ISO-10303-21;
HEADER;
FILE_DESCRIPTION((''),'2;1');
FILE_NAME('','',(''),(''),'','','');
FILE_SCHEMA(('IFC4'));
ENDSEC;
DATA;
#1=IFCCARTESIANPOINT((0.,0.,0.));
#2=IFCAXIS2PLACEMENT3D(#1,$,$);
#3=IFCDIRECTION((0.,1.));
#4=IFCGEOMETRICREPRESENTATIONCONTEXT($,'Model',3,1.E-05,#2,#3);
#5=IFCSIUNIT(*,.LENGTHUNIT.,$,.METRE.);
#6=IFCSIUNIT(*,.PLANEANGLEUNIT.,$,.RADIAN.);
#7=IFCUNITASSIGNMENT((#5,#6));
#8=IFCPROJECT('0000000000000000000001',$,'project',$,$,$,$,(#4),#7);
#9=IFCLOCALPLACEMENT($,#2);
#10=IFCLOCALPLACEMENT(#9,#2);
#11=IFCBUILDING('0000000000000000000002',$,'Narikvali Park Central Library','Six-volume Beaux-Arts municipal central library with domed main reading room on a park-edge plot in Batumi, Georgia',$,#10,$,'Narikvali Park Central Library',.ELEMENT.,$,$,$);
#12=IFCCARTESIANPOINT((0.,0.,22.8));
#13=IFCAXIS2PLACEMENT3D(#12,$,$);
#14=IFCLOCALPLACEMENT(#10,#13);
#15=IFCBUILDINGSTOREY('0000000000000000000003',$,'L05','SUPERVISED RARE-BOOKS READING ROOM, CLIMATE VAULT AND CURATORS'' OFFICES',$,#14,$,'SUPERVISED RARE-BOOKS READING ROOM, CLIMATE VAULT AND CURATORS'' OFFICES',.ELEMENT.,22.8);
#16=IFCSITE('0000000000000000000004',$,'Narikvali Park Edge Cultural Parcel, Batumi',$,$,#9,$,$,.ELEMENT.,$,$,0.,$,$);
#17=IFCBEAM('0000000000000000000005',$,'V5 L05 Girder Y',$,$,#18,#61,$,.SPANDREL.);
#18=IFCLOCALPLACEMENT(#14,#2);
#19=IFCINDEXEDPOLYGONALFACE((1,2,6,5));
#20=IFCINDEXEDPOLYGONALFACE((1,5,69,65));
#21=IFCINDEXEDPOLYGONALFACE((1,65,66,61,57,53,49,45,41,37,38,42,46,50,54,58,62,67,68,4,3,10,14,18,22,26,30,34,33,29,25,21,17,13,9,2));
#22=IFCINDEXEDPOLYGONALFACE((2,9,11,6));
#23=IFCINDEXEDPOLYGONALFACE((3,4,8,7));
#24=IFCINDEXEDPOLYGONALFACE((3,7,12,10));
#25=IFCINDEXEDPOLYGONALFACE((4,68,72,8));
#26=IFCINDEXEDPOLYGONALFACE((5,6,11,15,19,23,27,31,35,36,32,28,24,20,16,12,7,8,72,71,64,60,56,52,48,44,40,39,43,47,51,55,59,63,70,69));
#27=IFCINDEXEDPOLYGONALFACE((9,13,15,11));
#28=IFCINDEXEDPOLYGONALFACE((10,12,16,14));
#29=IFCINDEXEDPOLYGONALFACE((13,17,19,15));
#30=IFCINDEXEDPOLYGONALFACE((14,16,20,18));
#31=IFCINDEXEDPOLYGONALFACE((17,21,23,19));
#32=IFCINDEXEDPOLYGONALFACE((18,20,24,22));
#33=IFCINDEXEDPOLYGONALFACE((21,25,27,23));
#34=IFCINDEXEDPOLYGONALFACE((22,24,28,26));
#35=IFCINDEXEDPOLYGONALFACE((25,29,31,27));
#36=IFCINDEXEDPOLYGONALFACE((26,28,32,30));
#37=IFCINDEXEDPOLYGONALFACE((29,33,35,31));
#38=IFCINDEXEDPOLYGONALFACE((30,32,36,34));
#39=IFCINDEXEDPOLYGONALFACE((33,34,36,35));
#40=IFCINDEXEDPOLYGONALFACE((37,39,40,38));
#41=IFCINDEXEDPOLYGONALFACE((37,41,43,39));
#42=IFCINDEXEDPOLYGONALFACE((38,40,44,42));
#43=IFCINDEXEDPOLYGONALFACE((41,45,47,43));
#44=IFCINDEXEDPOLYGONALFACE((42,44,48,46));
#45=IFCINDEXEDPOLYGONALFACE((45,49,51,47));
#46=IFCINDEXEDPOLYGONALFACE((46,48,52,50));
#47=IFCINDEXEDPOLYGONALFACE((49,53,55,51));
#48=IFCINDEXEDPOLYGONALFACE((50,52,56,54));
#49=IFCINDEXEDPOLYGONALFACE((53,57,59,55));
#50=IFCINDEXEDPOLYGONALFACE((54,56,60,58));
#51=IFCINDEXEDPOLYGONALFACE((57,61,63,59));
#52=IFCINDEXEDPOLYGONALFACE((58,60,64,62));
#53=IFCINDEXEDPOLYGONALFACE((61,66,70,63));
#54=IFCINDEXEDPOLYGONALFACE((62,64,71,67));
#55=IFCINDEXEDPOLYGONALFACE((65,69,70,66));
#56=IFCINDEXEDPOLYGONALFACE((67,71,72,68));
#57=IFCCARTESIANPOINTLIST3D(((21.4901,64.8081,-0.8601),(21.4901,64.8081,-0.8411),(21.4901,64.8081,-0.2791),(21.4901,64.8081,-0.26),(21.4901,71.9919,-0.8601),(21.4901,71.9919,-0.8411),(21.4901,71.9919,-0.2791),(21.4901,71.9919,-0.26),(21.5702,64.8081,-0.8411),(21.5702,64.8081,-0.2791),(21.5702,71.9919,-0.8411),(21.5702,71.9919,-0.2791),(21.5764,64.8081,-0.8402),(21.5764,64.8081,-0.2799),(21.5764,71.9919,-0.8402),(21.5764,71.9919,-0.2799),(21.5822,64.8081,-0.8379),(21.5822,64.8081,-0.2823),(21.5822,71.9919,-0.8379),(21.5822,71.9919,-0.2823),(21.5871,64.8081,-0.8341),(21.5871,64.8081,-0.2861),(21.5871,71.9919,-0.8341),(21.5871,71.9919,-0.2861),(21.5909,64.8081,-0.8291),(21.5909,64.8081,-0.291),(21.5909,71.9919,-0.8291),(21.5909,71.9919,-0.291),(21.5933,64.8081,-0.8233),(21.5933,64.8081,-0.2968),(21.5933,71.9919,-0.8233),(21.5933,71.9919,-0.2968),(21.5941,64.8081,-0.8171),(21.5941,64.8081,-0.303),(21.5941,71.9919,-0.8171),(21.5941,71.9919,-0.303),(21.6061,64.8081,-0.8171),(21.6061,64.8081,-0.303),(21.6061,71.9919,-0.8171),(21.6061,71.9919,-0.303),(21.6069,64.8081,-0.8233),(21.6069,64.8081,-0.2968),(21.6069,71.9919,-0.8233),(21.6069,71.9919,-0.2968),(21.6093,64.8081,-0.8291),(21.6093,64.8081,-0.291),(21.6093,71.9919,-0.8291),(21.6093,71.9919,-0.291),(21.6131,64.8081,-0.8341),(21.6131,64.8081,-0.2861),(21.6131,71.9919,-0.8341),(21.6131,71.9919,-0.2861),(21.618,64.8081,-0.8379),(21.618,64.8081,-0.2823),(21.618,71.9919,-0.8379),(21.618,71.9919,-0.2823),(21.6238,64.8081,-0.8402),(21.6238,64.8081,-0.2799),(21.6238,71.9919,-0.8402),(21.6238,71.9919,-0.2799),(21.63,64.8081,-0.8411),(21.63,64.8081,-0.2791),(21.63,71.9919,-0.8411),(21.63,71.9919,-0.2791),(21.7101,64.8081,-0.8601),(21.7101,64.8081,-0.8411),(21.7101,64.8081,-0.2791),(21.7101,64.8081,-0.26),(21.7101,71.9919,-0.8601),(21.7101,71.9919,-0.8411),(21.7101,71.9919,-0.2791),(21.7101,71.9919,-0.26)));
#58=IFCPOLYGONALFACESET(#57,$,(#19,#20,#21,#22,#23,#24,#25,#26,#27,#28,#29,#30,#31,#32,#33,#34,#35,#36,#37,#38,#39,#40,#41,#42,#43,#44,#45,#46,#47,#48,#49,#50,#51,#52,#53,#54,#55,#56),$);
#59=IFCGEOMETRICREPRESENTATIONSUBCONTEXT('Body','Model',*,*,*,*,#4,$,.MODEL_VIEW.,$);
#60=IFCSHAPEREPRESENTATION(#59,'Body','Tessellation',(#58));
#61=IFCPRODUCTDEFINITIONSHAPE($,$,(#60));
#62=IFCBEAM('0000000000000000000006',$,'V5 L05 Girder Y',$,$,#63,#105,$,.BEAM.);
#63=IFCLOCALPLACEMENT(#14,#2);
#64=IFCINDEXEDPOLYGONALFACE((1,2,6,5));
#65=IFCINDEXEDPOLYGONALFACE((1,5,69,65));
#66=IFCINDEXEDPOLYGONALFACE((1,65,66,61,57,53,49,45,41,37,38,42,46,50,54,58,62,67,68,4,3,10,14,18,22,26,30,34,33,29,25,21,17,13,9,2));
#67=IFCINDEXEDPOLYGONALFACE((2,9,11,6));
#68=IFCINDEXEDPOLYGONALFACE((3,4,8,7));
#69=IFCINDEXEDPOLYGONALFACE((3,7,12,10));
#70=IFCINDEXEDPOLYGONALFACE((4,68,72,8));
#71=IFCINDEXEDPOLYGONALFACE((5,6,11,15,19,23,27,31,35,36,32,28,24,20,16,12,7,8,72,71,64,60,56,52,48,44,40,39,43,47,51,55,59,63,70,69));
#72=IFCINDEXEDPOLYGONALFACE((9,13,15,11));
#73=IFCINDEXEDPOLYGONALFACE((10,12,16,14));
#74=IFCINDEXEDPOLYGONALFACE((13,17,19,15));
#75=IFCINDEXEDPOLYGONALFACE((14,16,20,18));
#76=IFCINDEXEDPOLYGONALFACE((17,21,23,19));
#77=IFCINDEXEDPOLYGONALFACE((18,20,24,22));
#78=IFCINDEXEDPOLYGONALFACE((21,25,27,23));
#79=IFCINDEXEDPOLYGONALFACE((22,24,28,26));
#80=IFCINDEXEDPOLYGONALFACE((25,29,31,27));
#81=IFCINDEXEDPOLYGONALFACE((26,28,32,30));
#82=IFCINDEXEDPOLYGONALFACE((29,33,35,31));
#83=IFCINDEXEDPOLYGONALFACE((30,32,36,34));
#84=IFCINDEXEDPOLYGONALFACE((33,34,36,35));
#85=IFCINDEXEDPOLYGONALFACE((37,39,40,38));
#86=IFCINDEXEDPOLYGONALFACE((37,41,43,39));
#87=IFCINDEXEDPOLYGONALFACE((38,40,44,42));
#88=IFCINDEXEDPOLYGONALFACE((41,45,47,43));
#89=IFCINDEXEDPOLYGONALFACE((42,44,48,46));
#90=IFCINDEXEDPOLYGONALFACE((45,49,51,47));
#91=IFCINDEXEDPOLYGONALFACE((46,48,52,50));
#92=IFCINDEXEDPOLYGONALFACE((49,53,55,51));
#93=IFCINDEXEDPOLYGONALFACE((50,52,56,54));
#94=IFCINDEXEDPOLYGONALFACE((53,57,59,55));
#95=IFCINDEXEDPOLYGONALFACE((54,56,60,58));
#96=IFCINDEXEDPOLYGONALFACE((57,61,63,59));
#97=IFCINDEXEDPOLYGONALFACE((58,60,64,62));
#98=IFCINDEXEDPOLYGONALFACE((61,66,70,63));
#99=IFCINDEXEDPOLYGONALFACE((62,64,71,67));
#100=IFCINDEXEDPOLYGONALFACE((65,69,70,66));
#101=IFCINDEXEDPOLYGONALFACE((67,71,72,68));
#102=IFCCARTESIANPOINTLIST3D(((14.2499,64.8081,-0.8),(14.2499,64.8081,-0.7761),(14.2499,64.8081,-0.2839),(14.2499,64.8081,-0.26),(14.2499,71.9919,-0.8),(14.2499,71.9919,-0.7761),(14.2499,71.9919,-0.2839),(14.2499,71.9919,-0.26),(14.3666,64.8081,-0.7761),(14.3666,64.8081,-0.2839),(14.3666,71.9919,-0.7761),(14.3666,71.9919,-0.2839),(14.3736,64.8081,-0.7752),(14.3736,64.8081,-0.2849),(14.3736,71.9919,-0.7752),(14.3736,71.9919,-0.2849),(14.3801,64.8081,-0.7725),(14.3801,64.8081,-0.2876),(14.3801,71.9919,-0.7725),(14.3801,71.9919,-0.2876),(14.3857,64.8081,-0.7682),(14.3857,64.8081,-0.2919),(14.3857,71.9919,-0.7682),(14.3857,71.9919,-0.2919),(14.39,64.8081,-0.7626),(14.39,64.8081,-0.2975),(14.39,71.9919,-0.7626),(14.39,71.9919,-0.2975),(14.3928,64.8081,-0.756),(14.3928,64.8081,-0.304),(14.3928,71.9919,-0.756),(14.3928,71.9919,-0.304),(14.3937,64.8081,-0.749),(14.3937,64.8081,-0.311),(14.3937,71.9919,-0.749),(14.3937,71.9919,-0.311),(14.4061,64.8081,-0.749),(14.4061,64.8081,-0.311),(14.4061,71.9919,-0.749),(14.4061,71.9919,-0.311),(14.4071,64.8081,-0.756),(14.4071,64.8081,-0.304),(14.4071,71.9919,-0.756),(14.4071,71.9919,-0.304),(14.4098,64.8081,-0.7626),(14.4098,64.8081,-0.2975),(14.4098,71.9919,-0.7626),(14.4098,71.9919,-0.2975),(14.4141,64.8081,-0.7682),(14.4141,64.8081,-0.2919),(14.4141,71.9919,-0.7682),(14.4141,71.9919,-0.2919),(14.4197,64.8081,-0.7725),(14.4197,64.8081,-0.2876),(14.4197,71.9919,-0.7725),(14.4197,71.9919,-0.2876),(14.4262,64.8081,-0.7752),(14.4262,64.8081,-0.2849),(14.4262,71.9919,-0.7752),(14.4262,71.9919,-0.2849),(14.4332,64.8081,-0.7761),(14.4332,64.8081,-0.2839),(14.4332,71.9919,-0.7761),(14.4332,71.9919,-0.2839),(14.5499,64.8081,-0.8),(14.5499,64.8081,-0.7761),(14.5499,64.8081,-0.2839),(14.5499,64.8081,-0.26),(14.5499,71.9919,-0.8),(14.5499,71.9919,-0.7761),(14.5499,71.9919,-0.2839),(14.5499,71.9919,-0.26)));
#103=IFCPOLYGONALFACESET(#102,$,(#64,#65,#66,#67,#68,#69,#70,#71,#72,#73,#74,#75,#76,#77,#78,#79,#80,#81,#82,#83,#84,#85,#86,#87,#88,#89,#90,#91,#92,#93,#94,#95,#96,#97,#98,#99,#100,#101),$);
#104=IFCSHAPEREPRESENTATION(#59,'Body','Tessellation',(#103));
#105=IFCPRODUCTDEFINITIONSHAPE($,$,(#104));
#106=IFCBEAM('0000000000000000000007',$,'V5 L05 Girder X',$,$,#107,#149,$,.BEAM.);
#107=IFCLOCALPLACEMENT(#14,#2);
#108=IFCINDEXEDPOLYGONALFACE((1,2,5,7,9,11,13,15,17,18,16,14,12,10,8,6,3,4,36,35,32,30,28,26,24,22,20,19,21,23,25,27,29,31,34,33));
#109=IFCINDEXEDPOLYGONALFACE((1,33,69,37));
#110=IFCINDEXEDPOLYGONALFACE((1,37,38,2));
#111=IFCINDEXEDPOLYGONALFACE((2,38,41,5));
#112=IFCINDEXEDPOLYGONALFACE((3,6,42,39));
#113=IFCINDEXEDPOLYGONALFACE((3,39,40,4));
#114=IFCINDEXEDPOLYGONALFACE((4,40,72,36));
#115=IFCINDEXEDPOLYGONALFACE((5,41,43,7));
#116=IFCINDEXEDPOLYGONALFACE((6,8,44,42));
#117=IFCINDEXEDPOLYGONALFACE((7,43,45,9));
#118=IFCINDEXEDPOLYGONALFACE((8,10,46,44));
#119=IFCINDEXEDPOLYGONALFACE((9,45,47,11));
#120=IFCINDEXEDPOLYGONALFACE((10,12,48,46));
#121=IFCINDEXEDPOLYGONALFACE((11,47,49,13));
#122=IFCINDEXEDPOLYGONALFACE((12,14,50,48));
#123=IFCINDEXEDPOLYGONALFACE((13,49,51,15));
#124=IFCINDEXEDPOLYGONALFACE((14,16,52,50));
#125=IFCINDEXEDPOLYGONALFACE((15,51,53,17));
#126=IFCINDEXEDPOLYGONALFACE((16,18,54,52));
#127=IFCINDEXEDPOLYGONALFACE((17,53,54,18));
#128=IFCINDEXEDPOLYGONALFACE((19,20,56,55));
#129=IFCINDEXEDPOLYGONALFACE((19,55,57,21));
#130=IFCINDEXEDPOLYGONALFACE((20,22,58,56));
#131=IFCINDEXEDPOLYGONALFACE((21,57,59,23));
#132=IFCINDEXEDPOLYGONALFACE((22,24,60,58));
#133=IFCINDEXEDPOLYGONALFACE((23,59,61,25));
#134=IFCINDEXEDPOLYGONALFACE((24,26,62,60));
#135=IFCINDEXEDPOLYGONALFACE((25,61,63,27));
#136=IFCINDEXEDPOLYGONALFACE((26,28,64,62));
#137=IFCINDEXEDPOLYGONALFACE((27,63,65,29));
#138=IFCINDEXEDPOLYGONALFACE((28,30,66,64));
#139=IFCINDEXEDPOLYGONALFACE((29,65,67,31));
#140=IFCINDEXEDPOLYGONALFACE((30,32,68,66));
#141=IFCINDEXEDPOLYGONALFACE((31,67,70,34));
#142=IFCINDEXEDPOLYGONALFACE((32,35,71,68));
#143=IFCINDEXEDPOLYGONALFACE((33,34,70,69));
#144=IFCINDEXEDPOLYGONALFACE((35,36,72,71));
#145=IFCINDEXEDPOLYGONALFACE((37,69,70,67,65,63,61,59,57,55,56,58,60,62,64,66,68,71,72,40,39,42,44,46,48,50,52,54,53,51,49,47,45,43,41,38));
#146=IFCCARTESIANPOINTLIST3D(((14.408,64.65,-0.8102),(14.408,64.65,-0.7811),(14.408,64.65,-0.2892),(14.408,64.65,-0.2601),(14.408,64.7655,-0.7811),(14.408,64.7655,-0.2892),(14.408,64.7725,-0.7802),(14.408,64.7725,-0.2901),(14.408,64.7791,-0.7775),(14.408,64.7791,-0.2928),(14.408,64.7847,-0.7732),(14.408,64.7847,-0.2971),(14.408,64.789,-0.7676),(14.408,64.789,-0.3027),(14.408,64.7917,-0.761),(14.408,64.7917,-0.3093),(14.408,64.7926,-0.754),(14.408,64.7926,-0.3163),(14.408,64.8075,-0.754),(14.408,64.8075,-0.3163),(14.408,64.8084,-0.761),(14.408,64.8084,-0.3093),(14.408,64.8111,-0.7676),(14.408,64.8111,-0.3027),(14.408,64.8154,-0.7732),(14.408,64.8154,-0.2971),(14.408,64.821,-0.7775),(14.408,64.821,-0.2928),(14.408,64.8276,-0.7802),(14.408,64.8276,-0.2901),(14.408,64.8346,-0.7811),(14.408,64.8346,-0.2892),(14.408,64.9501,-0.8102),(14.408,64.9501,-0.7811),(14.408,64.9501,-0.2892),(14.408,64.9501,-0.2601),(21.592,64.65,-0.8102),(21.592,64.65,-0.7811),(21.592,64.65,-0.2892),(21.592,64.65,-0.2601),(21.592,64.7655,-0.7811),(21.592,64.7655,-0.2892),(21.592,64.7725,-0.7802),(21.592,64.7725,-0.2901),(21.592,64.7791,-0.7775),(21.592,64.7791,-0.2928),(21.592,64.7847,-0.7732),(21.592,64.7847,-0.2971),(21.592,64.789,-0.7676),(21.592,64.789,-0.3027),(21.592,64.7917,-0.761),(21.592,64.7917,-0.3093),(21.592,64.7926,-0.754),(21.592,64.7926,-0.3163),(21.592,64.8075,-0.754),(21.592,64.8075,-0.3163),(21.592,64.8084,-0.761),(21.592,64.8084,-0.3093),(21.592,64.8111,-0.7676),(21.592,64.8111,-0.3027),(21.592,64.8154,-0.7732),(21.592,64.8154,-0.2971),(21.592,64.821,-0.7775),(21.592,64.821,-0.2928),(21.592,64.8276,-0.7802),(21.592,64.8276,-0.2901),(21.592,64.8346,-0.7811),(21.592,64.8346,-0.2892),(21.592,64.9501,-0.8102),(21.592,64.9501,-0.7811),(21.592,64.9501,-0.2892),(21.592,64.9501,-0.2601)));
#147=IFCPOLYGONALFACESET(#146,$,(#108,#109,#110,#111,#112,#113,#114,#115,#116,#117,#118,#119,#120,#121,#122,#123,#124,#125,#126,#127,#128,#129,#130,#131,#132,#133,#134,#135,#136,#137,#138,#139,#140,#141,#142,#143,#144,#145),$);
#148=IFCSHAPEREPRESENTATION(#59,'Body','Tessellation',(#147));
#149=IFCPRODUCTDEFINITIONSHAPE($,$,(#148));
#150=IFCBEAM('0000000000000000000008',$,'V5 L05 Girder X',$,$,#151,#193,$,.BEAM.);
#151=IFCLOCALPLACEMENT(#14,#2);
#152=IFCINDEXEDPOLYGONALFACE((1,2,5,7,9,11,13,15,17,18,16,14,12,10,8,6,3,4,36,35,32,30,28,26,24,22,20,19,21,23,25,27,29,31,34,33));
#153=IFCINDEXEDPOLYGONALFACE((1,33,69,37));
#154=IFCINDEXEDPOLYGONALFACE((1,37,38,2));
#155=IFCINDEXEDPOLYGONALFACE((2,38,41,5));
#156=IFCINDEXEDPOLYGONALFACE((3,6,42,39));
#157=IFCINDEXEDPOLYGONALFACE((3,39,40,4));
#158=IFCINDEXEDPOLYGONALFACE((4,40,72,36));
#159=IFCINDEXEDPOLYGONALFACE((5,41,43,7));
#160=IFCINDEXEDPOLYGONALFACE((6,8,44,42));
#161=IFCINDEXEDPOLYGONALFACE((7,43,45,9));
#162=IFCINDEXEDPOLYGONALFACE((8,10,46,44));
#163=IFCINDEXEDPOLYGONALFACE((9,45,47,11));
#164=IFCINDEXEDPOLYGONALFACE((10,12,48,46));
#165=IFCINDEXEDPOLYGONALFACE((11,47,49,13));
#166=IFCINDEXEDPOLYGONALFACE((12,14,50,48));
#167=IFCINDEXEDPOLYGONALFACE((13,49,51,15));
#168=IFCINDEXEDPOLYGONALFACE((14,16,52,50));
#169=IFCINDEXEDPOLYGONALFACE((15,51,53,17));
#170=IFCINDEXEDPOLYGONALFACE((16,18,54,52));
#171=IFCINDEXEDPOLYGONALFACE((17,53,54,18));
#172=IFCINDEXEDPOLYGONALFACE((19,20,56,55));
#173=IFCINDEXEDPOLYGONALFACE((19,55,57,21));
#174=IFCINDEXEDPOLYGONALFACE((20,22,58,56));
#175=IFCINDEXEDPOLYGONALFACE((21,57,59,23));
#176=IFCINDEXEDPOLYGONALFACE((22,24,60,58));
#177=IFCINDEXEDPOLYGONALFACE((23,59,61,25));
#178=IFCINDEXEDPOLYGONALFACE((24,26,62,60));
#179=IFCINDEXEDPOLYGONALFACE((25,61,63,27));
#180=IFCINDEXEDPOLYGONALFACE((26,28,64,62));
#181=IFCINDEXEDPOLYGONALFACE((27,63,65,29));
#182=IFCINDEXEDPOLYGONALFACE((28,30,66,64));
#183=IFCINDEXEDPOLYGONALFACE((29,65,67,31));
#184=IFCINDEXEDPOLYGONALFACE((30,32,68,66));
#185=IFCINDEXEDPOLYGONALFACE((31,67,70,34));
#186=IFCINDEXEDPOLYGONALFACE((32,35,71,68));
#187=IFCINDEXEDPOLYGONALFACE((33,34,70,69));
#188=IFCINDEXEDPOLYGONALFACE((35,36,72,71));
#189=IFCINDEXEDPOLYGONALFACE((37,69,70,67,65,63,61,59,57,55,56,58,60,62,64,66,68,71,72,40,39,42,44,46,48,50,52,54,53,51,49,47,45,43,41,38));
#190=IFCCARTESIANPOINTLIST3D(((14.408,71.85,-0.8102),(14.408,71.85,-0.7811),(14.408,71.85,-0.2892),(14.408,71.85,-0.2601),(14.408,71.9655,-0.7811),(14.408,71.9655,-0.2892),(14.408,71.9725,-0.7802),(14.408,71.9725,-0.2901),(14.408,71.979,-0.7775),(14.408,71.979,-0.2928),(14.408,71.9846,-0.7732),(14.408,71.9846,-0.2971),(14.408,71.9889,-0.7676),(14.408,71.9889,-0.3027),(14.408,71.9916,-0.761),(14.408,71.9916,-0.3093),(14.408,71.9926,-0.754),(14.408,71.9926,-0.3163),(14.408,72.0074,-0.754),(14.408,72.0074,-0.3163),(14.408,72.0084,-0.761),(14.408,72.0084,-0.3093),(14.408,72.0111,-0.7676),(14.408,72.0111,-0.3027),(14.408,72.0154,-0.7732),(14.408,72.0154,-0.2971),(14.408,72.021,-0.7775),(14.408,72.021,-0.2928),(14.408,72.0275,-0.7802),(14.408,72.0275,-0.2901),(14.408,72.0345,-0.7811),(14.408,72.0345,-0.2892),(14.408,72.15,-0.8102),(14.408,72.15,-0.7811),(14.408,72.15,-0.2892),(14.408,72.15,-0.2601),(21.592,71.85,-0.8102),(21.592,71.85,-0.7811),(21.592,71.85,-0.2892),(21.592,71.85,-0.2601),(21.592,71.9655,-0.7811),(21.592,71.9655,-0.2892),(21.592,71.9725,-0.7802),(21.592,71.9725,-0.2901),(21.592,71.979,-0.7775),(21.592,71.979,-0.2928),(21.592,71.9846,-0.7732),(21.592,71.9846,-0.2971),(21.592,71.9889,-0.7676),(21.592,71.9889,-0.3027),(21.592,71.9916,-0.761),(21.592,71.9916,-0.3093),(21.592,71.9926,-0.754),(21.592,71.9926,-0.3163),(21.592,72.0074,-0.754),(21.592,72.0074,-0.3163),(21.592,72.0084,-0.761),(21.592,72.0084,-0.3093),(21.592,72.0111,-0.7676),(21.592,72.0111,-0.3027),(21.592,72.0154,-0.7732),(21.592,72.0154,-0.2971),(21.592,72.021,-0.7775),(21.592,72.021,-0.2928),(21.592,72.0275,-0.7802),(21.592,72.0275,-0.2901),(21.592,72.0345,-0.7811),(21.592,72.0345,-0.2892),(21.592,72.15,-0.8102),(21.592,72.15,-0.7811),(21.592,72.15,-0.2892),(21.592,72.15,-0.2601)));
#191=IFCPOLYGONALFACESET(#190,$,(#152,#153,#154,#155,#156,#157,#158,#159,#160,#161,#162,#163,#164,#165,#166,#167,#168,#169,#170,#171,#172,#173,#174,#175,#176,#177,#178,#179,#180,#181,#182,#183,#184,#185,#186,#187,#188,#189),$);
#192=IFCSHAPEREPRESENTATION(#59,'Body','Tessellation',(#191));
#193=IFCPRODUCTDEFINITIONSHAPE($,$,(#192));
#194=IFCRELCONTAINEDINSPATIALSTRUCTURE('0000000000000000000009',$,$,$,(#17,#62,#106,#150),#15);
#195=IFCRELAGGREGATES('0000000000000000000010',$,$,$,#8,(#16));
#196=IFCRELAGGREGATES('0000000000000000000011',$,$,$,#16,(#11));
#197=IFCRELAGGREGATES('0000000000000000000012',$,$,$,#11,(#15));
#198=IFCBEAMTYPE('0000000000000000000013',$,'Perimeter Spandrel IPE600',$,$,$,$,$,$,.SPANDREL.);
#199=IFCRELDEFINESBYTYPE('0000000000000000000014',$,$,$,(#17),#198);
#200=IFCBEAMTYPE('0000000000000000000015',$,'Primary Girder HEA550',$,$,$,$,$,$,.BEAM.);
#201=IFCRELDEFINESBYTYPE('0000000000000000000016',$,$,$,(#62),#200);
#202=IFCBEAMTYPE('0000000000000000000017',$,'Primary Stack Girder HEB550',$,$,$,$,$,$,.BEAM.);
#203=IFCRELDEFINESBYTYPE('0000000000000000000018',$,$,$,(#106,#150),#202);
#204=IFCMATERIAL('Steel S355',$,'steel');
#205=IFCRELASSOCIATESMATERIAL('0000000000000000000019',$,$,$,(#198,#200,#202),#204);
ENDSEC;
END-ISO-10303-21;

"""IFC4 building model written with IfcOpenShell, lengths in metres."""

from ifc_helpers import new_model, si_unit, direction, frame, origin, origin_2d, place, context, subcontext, project, spatial, i_section, extrude, material, material_profile, profile_set, type_object, element, save


model = new_model("IFC4")

# Units and contexts
model_context = context("Model", 3, precision=1e-05, world=origin(), true_north=direction((0.0, 1.0)))
body_context = subcontext(model_context, "Body", "Model", "MODEL_VIEW")
ifc_project = project(units=[si_unit("LENGTHUNIT", "METRE"), si_unit("PLANEANGLEUNIT", "RADIAN")], contexts=[model_context])

# Site, building, storey
site_placement = place(None, origin())
site = spatial("IfcSite", under=ifc_project, at=site_placement, Name="Narikvali Park Edge Cultural Parcel, Batumi", CompositionType="ELEMENT", RefElevation=0.0)
building_placement = place(site_placement, origin())
building = spatial("IfcBuilding", under=site, at=building_placement, Name="Narikvali Park Central Library", Description="Six-volume Beaux-Arts municipal central library with domed main reading room on a park-edge plot in Batumi, Georgia", LongName="Narikvali Park Central Library", CompositionType="ELEMENT")
storey_placement = place(building_placement, frame((0.0, 0.0, 22.8)))
storey = spatial("IfcBuildingStorey", under=building, at=storey_placement, Name="L05", Description="SUPERVISED RARE-BOOKS READING ROOM, CLIMATE VAULT AND CURATORS' OFFICES", LongName="SUPERVISED RARE-BOOKS READING ROOM, CLIMATE VAULT AND CURATORS' OFFICES", CompositionType="ELEMENT", Elevation=22.8)

# Shared definitions
ifc_material_1 = material(Name="Steel S355", Category="steel")

# Beams
ifc_material_profile_1 = material_profile(ifc_material_1, i_section(OverallWidth=0.22, OverallDepth=0.6001, WebThickness=0.012, FlangeThickness=0.019, FilletRadius=0.0239, at=origin_2d()), Name="IPE 600")
ifc_profile_set_1 = profile_set([ifc_material_profile_1], Name="Steel S355")
beam_type_1 = type_object("IfcBeamType", Name="Perimeter Spandrel IPE600", PredefinedType="SPANDREL", material=ifc_profile_set_1)
beam_1_placement = place(storey_placement, frame((21.6001, 64.8081, -0.5601), z_axis=(0.0, 1.0, 0.0), x_axis=(-1.0, 0.0, 0.0)))
element("IfcBeam", 1, at=beam_1_placement, inside=storey, type_object=beam_type_1, Name="V5 L05 Girder Y", PredefinedType="SPANDREL", context=body_context, shape_type="SweptSolid", body=[
    extrude(i_section(OverallWidth=0.22, OverallDepth=0.6001, WebThickness=0.012, FlangeThickness=0.019, FilletRadius=0.0239, at=origin_2d()), origin(), (0.0, 0.0, 1.0), 7.1838),
])
ifc_material_profile_2 = material_profile(ifc_material_1, i_section(OverallWidth=0.3, OverallDepth=0.54, WebThickness=0.0125, FlangeThickness=0.0239, FilletRadius=0.0271, at=origin_2d()), Name="HEA 550")
ifc_profile_set_2 = profile_set([ifc_material_profile_2], Name="Steel S355")
beam_type_2 = type_object("IfcBeamType", Name="Primary Girder HEA550", PredefinedType="BEAM", material=ifc_profile_set_2)
beam_2_placement = place(storey_placement, frame((14.3999, 64.8081, -0.53), z_axis=(0.0, 1.0, 0.0), x_axis=(-1.0, 0.0, 0.0)))
element("IfcBeam", 2, at=beam_2_placement, inside=storey, type_object=beam_type_2, Name="V5 L05 Girder Y", PredefinedType="BEAM", context=body_context, shape_type="SweptSolid", body=[
    extrude(i_section(OverallWidth=0.3, OverallDepth=0.54, WebThickness=0.0125, FlangeThickness=0.0239, FilletRadius=0.0271, at=origin_2d()), origin(), (0.0, 0.0, 1.0), 7.1838),
])
ifc_material_profile_3 = material_profile(ifc_material_1, i_section(OverallWidth=0.3, OverallDepth=0.55, WebThickness=0.0149, FlangeThickness=0.0291, FilletRadius=0.0271, at=origin_2d()), Name="HEB 550")
ifc_profile_set_3 = profile_set([ifc_material_profile_3], Name="Steel S355")
beam_type_3 = type_object("IfcBeamType", Name="Primary Stack Girder HEB550", PredefinedType="BEAM", material=ifc_profile_set_3)
for number, where, z_axis, x_axis, name in (
    (3, (14.408, 64.8, -0.5352), (1.0, 0.0, 0.0), (0.0, 1.0, 0.0), "V5 L05 Girder X"),
    (4, (14.408, 72.0, -0.5352), (1.0, 0.0, 0.0), (0.0, 1.0, 0.0), "V5 L05 Girder X"),
):
    element("IfcBeam", number, at=place(storey_placement, frame(where, z_axis=z_axis, x_axis=x_axis)), inside=storey, type_object=beam_type_3, Name=name, PredefinedType="BEAM", context=body_context, shape_type="SweptSolid", body=[
        extrude(i_section(OverallWidth=0.3, OverallDepth=0.55, WebThickness=0.0149, FlangeThickness=0.0291, FilletRadius=0.0271, at=origin_2d()), origin(), (0.0, 0.0, 1.0), 7.1841),
    ])

save(model, "model.ifc")
